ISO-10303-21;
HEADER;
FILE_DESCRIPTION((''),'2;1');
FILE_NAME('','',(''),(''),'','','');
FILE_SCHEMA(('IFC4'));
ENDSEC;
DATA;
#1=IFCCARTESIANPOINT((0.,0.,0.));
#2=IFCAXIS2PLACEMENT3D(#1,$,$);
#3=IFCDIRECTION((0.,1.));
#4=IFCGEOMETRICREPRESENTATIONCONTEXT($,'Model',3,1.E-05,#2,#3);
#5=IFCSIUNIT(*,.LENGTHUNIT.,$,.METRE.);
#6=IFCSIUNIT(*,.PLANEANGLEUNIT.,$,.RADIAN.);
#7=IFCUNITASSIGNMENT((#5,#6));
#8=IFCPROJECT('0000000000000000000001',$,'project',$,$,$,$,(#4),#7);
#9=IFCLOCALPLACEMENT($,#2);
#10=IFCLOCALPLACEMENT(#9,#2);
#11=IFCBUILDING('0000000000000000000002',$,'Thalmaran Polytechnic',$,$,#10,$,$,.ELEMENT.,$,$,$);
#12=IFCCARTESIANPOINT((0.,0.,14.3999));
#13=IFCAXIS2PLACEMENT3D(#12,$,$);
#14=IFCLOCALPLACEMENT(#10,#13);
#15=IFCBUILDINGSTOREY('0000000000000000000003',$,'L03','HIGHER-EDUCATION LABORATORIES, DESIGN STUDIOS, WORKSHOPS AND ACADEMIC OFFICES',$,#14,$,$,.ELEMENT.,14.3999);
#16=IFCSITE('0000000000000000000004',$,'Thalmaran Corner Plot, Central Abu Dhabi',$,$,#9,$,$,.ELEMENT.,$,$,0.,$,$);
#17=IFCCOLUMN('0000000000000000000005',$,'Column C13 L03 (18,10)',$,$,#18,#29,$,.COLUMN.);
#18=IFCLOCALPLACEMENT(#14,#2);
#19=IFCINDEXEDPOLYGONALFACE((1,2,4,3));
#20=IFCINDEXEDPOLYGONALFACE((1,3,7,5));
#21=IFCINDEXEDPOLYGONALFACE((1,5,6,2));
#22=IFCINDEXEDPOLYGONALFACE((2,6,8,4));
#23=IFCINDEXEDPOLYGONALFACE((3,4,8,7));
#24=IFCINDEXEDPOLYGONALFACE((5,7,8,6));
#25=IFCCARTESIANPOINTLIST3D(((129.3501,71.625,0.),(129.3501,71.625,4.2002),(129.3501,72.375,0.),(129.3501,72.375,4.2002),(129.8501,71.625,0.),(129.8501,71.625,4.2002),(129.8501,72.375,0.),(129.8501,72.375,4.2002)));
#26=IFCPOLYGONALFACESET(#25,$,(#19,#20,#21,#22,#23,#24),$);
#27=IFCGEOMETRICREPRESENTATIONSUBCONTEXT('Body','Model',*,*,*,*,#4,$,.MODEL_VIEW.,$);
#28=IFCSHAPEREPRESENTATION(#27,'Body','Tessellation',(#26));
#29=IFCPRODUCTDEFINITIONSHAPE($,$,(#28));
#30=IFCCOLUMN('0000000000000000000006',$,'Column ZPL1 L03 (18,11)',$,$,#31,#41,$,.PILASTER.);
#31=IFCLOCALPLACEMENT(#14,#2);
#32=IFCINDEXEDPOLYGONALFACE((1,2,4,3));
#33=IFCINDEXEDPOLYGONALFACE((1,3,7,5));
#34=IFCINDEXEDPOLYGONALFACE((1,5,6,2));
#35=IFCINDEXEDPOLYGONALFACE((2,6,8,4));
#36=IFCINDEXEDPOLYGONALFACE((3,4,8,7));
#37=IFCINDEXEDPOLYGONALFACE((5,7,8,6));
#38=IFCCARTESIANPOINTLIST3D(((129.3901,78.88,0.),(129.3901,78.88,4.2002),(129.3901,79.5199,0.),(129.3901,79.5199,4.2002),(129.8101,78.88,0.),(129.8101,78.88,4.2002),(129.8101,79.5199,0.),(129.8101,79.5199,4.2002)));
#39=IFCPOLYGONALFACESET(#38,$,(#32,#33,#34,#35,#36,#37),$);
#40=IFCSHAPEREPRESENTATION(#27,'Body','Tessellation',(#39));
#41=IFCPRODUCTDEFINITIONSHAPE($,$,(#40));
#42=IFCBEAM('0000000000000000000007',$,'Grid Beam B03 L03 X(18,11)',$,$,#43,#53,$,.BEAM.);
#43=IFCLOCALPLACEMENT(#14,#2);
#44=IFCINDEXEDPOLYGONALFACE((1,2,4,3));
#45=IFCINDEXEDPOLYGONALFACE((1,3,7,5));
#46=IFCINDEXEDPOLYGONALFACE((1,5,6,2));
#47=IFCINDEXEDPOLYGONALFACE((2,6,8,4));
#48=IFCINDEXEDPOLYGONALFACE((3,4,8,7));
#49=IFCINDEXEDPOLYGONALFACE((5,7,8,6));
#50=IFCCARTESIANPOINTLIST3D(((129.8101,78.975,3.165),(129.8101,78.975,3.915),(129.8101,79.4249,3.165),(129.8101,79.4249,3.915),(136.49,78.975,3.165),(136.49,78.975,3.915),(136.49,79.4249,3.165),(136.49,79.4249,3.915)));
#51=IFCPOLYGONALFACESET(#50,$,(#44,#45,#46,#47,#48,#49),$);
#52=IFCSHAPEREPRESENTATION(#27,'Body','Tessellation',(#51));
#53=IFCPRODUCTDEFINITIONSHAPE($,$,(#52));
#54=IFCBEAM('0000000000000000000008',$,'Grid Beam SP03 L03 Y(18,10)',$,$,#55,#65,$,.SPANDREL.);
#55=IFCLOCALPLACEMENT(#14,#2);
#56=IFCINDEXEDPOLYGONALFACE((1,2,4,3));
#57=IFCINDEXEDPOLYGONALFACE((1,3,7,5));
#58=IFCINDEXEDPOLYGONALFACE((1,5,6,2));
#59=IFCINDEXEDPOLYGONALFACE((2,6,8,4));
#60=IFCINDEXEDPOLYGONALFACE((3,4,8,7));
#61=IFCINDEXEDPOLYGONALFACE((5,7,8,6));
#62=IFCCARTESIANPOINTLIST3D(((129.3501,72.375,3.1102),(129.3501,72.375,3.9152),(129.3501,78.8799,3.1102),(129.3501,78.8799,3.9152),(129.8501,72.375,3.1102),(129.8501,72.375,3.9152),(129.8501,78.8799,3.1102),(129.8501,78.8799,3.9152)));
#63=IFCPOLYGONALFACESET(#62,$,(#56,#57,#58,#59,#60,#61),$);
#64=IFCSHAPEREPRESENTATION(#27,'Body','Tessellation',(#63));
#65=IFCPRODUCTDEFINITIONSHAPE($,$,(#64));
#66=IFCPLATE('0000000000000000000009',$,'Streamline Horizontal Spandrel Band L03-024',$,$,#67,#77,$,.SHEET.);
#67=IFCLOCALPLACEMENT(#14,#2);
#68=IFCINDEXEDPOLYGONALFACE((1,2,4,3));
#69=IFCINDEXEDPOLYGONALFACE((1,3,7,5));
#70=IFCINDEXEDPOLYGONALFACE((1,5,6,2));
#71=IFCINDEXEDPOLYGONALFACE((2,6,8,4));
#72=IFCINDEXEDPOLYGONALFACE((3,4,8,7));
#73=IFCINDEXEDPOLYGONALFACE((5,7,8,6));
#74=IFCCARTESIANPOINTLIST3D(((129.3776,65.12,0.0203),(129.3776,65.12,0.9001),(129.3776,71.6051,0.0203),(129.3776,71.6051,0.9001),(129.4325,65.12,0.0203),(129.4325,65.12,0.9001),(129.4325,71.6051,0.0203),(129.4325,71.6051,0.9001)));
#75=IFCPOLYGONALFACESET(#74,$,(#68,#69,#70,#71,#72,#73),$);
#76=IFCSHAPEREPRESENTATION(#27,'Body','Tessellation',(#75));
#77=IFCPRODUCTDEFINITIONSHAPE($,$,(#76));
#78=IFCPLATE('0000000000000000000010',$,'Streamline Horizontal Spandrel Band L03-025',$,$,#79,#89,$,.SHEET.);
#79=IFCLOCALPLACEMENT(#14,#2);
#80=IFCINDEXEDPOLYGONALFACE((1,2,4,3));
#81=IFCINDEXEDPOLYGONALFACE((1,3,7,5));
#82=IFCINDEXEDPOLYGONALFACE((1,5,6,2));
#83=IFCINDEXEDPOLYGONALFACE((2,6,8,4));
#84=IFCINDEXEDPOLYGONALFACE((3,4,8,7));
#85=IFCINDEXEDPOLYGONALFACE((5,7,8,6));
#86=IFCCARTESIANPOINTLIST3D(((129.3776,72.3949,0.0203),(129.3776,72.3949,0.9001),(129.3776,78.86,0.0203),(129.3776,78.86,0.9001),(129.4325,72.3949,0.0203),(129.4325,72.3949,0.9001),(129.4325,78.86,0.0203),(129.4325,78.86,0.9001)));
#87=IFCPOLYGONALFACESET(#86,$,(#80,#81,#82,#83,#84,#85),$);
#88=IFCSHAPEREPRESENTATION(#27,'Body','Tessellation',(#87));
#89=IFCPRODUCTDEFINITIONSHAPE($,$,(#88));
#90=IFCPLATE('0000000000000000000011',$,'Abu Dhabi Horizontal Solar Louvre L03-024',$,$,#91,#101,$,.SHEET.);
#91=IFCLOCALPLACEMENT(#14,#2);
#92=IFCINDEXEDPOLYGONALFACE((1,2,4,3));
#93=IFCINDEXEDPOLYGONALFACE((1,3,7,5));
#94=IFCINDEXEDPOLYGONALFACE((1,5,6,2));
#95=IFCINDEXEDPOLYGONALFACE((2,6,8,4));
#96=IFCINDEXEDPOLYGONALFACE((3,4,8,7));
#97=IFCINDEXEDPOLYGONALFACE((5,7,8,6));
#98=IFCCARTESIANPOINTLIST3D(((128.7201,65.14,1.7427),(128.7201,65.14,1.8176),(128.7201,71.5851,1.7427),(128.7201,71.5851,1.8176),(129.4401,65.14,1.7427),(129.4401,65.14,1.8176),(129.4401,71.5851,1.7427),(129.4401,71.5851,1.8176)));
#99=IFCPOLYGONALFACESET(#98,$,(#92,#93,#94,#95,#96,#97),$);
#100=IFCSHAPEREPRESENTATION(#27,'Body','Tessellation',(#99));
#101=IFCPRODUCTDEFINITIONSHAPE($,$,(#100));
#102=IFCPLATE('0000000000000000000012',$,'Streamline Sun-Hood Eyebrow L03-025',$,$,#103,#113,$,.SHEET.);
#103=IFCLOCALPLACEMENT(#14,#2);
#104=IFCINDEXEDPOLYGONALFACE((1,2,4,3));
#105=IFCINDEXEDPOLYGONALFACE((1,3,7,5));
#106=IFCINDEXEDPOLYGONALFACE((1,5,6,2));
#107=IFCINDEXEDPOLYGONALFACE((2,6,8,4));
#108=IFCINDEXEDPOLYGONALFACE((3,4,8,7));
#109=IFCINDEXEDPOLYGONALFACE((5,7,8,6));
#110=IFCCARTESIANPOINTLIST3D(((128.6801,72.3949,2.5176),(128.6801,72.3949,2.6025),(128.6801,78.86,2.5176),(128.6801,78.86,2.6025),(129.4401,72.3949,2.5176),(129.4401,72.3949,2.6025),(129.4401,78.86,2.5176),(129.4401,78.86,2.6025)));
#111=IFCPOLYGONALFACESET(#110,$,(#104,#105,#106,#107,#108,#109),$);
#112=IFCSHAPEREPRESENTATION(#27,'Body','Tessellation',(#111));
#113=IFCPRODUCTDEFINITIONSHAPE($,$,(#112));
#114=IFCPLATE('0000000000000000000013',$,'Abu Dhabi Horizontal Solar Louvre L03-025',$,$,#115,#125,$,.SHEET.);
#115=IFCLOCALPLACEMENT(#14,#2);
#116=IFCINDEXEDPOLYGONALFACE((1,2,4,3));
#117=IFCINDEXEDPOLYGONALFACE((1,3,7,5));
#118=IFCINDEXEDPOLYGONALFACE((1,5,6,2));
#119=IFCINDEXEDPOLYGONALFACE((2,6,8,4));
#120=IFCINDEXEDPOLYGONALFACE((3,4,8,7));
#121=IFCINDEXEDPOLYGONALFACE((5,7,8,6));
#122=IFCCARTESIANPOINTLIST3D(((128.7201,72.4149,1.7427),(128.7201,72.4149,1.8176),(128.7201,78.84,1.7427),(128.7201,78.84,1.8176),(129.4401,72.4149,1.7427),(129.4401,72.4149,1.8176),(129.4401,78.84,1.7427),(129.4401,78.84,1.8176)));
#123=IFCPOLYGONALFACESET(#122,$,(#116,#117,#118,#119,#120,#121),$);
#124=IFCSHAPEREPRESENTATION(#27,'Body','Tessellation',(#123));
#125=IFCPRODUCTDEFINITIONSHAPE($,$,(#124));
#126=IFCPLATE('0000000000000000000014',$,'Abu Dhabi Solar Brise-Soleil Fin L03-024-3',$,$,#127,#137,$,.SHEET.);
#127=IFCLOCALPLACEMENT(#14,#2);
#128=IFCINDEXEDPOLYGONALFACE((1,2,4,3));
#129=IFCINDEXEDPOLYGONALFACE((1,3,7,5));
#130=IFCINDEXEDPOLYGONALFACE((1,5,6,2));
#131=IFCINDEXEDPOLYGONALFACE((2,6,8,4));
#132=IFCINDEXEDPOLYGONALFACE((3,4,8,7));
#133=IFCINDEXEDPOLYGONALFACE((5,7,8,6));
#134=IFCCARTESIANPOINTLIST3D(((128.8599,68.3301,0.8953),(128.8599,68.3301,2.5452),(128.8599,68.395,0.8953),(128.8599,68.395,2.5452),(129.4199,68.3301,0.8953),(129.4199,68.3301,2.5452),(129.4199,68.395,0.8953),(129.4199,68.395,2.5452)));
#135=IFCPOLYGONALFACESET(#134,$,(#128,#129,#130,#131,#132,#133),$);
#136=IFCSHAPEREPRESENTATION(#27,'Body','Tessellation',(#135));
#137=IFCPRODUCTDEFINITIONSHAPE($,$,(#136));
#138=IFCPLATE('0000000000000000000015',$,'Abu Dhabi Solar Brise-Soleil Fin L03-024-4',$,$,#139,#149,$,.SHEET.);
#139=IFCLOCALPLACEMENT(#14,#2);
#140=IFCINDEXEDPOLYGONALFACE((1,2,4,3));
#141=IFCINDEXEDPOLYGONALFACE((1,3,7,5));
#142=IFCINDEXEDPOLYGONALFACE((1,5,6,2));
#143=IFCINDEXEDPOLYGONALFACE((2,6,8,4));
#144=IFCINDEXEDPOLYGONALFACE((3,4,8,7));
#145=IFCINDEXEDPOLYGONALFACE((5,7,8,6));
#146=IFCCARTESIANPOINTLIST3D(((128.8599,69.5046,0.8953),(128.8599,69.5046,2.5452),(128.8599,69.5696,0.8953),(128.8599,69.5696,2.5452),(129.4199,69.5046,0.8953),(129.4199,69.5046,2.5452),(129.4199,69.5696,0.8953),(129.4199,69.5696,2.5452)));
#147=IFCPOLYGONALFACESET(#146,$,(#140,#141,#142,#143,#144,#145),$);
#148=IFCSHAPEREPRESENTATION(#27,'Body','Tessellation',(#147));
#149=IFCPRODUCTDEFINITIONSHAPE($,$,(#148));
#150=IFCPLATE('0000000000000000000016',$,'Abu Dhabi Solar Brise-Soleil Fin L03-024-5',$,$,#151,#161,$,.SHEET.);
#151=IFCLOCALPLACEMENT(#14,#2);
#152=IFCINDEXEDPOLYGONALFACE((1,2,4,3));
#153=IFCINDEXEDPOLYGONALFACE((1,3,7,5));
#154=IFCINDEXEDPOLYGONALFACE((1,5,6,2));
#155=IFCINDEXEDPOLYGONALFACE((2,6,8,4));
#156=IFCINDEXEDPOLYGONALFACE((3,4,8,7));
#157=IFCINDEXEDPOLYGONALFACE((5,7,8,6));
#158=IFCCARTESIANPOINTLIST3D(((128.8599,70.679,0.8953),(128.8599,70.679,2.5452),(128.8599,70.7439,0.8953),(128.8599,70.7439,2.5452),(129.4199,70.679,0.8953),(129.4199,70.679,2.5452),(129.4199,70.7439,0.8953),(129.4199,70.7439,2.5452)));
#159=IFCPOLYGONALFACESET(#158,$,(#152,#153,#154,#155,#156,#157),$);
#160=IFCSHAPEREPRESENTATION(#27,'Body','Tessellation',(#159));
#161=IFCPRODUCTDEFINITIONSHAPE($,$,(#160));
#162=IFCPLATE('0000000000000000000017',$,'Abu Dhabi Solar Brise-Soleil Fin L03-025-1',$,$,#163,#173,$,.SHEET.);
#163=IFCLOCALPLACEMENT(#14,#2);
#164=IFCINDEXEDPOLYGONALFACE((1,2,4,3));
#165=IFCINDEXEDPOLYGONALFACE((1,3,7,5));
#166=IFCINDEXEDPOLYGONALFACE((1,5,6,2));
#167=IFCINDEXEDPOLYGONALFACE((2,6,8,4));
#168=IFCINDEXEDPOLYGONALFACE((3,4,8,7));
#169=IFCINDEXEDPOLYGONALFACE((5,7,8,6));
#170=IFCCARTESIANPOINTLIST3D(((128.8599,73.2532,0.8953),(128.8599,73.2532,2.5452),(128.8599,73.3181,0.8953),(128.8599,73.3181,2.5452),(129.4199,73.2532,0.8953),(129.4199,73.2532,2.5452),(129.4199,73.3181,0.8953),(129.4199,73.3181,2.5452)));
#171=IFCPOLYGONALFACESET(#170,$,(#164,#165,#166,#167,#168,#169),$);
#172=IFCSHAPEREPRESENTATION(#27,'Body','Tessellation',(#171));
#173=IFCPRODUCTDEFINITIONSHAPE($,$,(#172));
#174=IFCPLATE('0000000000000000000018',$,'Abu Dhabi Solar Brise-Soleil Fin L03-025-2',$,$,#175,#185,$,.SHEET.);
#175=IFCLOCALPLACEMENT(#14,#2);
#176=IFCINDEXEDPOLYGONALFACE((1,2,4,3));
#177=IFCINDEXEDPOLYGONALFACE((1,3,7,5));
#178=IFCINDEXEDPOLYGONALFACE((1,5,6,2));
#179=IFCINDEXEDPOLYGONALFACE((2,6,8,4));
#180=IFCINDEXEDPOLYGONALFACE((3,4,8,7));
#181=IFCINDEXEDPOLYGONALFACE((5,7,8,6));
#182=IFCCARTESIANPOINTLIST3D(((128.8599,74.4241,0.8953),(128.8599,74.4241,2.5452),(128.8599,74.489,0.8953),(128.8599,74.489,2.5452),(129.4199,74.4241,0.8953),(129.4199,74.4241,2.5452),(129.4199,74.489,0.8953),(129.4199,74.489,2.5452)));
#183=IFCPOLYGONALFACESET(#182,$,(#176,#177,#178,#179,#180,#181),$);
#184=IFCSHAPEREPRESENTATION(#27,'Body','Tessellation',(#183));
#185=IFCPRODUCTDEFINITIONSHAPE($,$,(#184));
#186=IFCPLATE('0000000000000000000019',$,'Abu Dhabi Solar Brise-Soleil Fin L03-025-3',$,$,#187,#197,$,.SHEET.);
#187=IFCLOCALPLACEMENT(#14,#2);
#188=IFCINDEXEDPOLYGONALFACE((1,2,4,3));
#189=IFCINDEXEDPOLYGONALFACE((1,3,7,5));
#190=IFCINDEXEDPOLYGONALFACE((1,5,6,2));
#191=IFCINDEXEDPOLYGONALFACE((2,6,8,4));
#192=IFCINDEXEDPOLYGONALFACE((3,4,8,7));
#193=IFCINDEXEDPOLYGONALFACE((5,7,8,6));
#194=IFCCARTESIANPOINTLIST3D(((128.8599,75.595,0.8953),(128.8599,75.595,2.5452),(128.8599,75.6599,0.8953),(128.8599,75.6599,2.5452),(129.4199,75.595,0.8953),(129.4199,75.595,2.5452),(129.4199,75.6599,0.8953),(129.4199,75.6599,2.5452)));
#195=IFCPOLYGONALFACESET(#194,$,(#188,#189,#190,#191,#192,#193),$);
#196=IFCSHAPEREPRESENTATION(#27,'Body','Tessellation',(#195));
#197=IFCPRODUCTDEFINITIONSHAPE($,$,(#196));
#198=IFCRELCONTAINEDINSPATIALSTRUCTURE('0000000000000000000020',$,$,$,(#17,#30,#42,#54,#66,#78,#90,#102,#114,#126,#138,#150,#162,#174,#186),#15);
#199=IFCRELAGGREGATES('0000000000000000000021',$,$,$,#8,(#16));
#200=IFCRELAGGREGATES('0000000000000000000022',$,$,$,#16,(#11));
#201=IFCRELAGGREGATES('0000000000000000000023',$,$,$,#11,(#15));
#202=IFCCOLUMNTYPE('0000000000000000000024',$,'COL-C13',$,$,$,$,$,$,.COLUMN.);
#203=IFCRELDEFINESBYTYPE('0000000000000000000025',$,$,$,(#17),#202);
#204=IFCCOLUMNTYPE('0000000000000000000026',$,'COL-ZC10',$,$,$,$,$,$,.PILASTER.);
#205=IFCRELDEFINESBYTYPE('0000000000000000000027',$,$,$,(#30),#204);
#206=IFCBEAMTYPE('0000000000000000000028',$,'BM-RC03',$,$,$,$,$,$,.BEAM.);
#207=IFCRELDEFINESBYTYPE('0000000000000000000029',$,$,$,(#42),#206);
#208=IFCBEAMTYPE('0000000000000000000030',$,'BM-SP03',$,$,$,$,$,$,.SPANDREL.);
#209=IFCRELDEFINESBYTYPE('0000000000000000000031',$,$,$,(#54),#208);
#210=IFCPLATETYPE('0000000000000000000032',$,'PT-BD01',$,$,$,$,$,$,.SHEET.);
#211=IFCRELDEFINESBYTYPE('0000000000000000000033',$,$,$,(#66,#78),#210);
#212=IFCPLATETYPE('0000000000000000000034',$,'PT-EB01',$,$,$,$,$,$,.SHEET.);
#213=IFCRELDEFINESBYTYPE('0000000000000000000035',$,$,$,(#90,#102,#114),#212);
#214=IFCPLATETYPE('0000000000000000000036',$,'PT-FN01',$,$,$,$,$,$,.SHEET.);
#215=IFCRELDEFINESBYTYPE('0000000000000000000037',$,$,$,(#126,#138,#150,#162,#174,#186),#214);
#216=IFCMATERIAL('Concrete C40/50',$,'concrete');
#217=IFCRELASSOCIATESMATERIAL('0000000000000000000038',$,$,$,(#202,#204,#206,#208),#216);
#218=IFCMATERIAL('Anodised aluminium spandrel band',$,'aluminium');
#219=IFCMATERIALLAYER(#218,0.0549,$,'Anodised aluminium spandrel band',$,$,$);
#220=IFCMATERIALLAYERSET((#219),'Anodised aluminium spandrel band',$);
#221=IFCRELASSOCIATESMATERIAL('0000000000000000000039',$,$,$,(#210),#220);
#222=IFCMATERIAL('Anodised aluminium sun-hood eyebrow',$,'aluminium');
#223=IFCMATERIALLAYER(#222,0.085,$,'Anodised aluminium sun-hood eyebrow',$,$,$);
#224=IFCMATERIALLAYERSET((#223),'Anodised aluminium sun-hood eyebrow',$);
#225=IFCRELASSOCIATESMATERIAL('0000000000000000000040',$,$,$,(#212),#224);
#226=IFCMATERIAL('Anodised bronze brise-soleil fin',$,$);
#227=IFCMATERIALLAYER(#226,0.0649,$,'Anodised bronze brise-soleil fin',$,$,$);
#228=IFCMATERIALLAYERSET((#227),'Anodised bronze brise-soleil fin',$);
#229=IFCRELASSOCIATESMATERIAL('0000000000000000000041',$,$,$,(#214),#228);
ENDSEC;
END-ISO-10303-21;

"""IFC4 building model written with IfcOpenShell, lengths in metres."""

from ifc_helpers import new_model, si_unit, direction, frame, origin, origin_2d, place, context, subcontext, project, spatial, rectangle, extrude, material, layer, layer_set, material_profile, profile_set, type_object, element, save


model = new_model("IFC4")

# Units and contexts
model_context = context("Model", 3, precision=1e-05, world=origin(), true_north=direction((0.0, 1.0)))
body_context = subcontext(model_context, "Body", "Model", "MODEL_VIEW")
ifc_project = project(units=[si_unit("LENGTHUNIT", "METRE"), si_unit("PLANEANGLEUNIT", "RADIAN")], contexts=[model_context])

# Site, building, storey
site_placement = place(None, origin())
site = spatial("IfcSite", under=ifc_project, at=site_placement, Name="Thalmaran Corner Plot, Central Abu Dhabi", CompositionType="ELEMENT", RefElevation=0.0)
building_placement = place(site_placement, origin())
building = spatial("IfcBuilding", under=site, at=building_placement, Name="Thalmaran Polytechnic", CompositionType="ELEMENT")
storey_placement = place(building_placement, frame((0.0, 0.0, 14.3999)))
storey = spatial("IfcBuildingStorey", under=building, at=storey_placement, Name="L03", Description="HIGHER-EDUCATION LABORATORIES, DESIGN STUDIOS, WORKSHOPS AND ACADEMIC OFFICES", CompositionType="ELEMENT", Elevation=14.3999)

# Columns
ifc_material_1 = material(Name="Concrete C40/50", Category="concrete")
ifc_material_profile_1 = material_profile(ifc_material_1, rectangle(XDim=0.5, YDim=0.75, at=origin_2d()), Name="RC 500x750")
ifc_profile_set_1 = profile_set([ifc_material_profile_1], Name="Concrete C40/50")
column_type_1 = type_object("IfcColumnType", Name="COL-C13", PredefinedType="COLUMN", material=ifc_profile_set_1)
column_1_placement = place(storey_placement, frame((129.6001, 72.0, 0.0), z_axis=(0.0, 0.0, 1.0), x_axis=(1.0, 0.0, 0.0)))
element("IfcColumn", 1, at=column_1_placement, inside=storey, type_object=column_type_1, Name="Column C13 L03 (18,10)", PredefinedType="COLUMN", context=body_context, shape_type="SweptSolid", body=[
    extrude(rectangle(XDim=0.5, YDim=0.75, at=origin_2d()), origin(), (0.0, 0.0, 1.0), 4.2002),
])
ifc_material_profile_2 = material_profile(ifc_material_1, rectangle(XDim=0.4199, YDim=0.6399, at=origin_2d()), Name="RC 420x640")
ifc_profile_set_2 = profile_set([ifc_material_profile_2], Name="Concrete C40/50")
column_type_2 = type_object("IfcColumnType", Name="COL-ZC10", PredefinedType="PILASTER", material=ifc_profile_set_2)
column_2_placement = place(storey_placement, frame((129.6001, 79.2, 0.0), z_axis=(0.0, 0.0, 1.0), x_axis=(1.0, 0.0, 0.0)))
element("IfcColumn", 2, at=column_2_placement, inside=storey, type_object=column_type_2, Name="Column ZPL1 L03 (18,11)", PredefinedType="PILASTER", context=body_context, shape_type="SweptSolid", body=[
    extrude(rectangle(XDim=0.4199, YDim=0.6399, at=origin_2d()), origin(), (0.0, 0.0, 1.0), 4.2002),
])

# Beams
ifc_material_profile_3 = material_profile(ifc_material_1, rectangle(XDim=0.45, YDim=0.75, at=origin_2d()), Name="RC 450x750")
ifc_profile_set_3 = profile_set([ifc_material_profile_3], Name="Concrete C40/50")
beam_type_1 = type_object("IfcBeamType", Name="BM-RC03", PredefinedType="BEAM", material=ifc_profile_set_3)
beam_1_placement = place(storey_placement, frame((129.8101, 79.2, 3.54), z_axis=(1.0, 0.0, 0.0), x_axis=(0.0, 1.0, 0.0)))
element("IfcBeam", 3, at=beam_1_placement, inside=storey, type_object=beam_type_1, Name="Grid Beam B03 L03 X(18,11)", PredefinedType="BEAM", context=body_context, shape_type="SweptSolid", body=[
    extrude(rectangle(XDim=0.45, YDim=0.75, at=origin_2d()), origin(), (0.0, 0.0, 1.0), 6.6799),
])
ifc_material_profile_4 = material_profile(ifc_material_1, rectangle(XDim=0.5, YDim=0.8049, at=origin_2d()), Name="RC 500x805")
ifc_profile_set_4 = profile_set([ifc_material_profile_4], Name="Concrete C40/50")
beam_type_2 = type_object("IfcBeamType", Name="BM-SP03", PredefinedType="SPANDREL", material=ifc_profile_set_4)
beam_2_placement = place(storey_placement, frame((129.6001, 72.375, 3.5127), z_axis=(0.0, 1.0, 0.0), x_axis=(-1.0, 0.0, 0.0)))
element("IfcBeam", 4, at=beam_2_placement, inside=storey, type_object=beam_type_2, Name="Grid Beam SP03 L03 Y(18,10)", PredefinedType="SPANDREL", context=body_context, shape_type="SweptSolid", body=[
    extrude(rectangle(XDim=0.5, YDim=0.8049, at=origin_2d()), origin(), (0.0, 0.0, 1.0), 6.5049),
])

# Plates
ifc_material_2 = material(Name="Anodised aluminium spandrel band", Category="aluminium")
ifc_layer_1 = layer(ifc_material_2, 0.0549, Name="Anodised aluminium spandrel band")
ifc_layer_set_1 = layer_set([ifc_layer_1], Name="Anodised aluminium spandrel band")
plate_type_1 = type_object("IfcPlateType", Name="PT-BD01", PredefinedType="SHEET", material=ifc_layer_set_1)
plate_1_placement = place(storey_placement, frame((129.405, 68.3625, 0.0203), z_axis=(0.0, 0.0, 1.0), x_axis=(0.0, 1.0, 0.0)))
element("IfcPlate", 5, at=plate_1_placement, inside=storey, type_object=plate_type_1, Name="Streamline Horizontal Spandrel Band L03-024", PredefinedType="SHEET", context=body_context, shape_type="SweptSolid", body=[
    extrude(rectangle(XDim=6.4851, YDim=0.0549, at=origin_2d()), origin(), (0.0, 0.0, 1.0), 0.8799),
])
plate_2_placement = place(storey_placement, frame((129.405, 75.6274, 0.0203), z_axis=(0.0, 0.0, 1.0), x_axis=(0.0, 1.0, 0.0)))
element("IfcPlate", 6, at=plate_2_placement, inside=storey, type_object=plate_type_1, Name="Streamline Horizontal Spandrel Band L03-025", PredefinedType="SHEET", context=body_context, shape_type="SweptSolid", body=[
    extrude(rectangle(XDim=6.4651, YDim=0.0549, at=origin_2d()), origin(), (0.0, 0.0, 1.0), 0.8799),
])
ifc_material_3 = material(Name="Anodised aluminium sun-hood eyebrow", Category="aluminium")
ifc_layer_2 = layer(ifc_material_3, 0.085, Name="Anodised aluminium sun-hood eyebrow")
ifc_layer_set_2 = layer_set([ifc_layer_2], Name="Anodised aluminium sun-hood eyebrow")
plate_type_2 = type_object("IfcPlateType", Name="PT-EB01", PredefinedType="SHEET", material=ifc_layer_set_2)
plate_3_placement = place(storey_placement, frame((129.0801, 68.3625, 1.7427), z_axis=(0.0, 0.0, 1.0), x_axis=(0.0, 1.0, 0.0)))
element("IfcPlate", 7, at=plate_3_placement, inside=storey, type_object=plate_type_2, Name="Abu Dhabi Horizontal Solar Louvre L03-024", PredefinedType="SHEET", context=body_context, shape_type="SweptSolid", body=[
    extrude(rectangle(XDim=6.4451, YDim=0.72, at=origin_2d()), origin(), (0.0, 0.0, 1.0), 0.075),
])
plate_4_placement = place(storey_placement, frame((129.0601, 75.6274, 2.5176), z_axis=(0.0, 0.0, 1.0), x_axis=(0.0, 1.0, 0.0)))
element("IfcPlate", 8, at=plate_4_placement, inside=storey, type_object=plate_type_2, Name="Streamline Sun-Hood Eyebrow L03-025", PredefinedType="SHEET", context=body_context, shape_type="SweptSolid", body=[
    extrude(rectangle(XDim=6.4651, YDim=0.76, at=origin_2d()), origin(), (0.0, 0.0, 1.0), 0.085),
])
plate_5_placement = place(storey_placement, frame((129.0801, 75.6274, 1.7427), z_axis=(0.0, 0.0, 1.0), x_axis=(0.0, 1.0, 0.0)))
element("IfcPlate", 9, at=plate_5_placement, inside=storey, type_object=plate_type_2, Name="Abu Dhabi Horizontal Solar Louvre L03-025", PredefinedType="SHEET", context=body_context, shape_type="SweptSolid", body=[
    extrude(rectangle(XDim=6.425, YDim=0.72, at=origin_2d()), origin(), (0.0, 0.0, 1.0), 0.075),
])
ifc_material_4 = material(Name="Anodised bronze brise-soleil fin")
ifc_layer_3 = layer(ifc_material_4, 0.0649, Name="Anodised bronze brise-soleil fin")
ifc_layer_set_3 = layer_set([ifc_layer_3], Name="Anodised bronze brise-soleil fin")
plate_type_3 = type_object("IfcPlateType", Name="PT-FN01", PredefinedType="SHEET", material=ifc_layer_set_3)
for number, where, z_axis, x_axis, name in (
    (10, (129.1399, 68.3625, 0.8953), (0.0, 0.0, 1.0), (0.0, 1.0, 0.0), "Abu Dhabi Solar Brise-Soleil Fin L03-024-3"),
    (11, (129.1399, 69.5371, 0.8953), (0.0, 0.0, 1.0), (0.0, 1.0, 0.0), "Abu Dhabi Solar Brise-Soleil Fin L03-024-4"),
    (12, (129.1399, 70.7114, 0.8953), (0.0, 0.0, 1.0), (0.0, 1.0, 0.0), "Abu Dhabi Solar Brise-Soleil Fin L03-024-5"),
    (13, (129.1399, 73.2856, 0.8953), (0.0, 0.0, 1.0), (0.0, 1.0, 0.0), "Abu Dhabi Solar Brise-Soleil Fin L03-025-1"),
    (14, (129.1399, 74.4565, 0.8953), (0.0, 0.0, 1.0), (0.0, 1.0, 0.0), "Abu Dhabi Solar Brise-Soleil Fin L03-025-2"),
    (15, (129.1399, 75.6274, 0.8953), (0.0, 0.0, 1.0), (0.0, 1.0, 0.0), "Abu Dhabi Solar Brise-Soleil Fin L03-025-3"),
):
    element("IfcPlate", number, at=place(storey_placement, frame(where, z_axis=z_axis, x_axis=x_axis)), inside=storey, type_object=plate_type_3, Name=name, PredefinedType="SHEET", context=body_context, shape_type="SweptSolid", body=[
        extrude(rectangle(XDim=0.0649, YDim=0.5601, at=origin_2d()), origin(), (0.0, 0.0, 1.0), 1.6499),
    ])

save(model, "model.ifc")
